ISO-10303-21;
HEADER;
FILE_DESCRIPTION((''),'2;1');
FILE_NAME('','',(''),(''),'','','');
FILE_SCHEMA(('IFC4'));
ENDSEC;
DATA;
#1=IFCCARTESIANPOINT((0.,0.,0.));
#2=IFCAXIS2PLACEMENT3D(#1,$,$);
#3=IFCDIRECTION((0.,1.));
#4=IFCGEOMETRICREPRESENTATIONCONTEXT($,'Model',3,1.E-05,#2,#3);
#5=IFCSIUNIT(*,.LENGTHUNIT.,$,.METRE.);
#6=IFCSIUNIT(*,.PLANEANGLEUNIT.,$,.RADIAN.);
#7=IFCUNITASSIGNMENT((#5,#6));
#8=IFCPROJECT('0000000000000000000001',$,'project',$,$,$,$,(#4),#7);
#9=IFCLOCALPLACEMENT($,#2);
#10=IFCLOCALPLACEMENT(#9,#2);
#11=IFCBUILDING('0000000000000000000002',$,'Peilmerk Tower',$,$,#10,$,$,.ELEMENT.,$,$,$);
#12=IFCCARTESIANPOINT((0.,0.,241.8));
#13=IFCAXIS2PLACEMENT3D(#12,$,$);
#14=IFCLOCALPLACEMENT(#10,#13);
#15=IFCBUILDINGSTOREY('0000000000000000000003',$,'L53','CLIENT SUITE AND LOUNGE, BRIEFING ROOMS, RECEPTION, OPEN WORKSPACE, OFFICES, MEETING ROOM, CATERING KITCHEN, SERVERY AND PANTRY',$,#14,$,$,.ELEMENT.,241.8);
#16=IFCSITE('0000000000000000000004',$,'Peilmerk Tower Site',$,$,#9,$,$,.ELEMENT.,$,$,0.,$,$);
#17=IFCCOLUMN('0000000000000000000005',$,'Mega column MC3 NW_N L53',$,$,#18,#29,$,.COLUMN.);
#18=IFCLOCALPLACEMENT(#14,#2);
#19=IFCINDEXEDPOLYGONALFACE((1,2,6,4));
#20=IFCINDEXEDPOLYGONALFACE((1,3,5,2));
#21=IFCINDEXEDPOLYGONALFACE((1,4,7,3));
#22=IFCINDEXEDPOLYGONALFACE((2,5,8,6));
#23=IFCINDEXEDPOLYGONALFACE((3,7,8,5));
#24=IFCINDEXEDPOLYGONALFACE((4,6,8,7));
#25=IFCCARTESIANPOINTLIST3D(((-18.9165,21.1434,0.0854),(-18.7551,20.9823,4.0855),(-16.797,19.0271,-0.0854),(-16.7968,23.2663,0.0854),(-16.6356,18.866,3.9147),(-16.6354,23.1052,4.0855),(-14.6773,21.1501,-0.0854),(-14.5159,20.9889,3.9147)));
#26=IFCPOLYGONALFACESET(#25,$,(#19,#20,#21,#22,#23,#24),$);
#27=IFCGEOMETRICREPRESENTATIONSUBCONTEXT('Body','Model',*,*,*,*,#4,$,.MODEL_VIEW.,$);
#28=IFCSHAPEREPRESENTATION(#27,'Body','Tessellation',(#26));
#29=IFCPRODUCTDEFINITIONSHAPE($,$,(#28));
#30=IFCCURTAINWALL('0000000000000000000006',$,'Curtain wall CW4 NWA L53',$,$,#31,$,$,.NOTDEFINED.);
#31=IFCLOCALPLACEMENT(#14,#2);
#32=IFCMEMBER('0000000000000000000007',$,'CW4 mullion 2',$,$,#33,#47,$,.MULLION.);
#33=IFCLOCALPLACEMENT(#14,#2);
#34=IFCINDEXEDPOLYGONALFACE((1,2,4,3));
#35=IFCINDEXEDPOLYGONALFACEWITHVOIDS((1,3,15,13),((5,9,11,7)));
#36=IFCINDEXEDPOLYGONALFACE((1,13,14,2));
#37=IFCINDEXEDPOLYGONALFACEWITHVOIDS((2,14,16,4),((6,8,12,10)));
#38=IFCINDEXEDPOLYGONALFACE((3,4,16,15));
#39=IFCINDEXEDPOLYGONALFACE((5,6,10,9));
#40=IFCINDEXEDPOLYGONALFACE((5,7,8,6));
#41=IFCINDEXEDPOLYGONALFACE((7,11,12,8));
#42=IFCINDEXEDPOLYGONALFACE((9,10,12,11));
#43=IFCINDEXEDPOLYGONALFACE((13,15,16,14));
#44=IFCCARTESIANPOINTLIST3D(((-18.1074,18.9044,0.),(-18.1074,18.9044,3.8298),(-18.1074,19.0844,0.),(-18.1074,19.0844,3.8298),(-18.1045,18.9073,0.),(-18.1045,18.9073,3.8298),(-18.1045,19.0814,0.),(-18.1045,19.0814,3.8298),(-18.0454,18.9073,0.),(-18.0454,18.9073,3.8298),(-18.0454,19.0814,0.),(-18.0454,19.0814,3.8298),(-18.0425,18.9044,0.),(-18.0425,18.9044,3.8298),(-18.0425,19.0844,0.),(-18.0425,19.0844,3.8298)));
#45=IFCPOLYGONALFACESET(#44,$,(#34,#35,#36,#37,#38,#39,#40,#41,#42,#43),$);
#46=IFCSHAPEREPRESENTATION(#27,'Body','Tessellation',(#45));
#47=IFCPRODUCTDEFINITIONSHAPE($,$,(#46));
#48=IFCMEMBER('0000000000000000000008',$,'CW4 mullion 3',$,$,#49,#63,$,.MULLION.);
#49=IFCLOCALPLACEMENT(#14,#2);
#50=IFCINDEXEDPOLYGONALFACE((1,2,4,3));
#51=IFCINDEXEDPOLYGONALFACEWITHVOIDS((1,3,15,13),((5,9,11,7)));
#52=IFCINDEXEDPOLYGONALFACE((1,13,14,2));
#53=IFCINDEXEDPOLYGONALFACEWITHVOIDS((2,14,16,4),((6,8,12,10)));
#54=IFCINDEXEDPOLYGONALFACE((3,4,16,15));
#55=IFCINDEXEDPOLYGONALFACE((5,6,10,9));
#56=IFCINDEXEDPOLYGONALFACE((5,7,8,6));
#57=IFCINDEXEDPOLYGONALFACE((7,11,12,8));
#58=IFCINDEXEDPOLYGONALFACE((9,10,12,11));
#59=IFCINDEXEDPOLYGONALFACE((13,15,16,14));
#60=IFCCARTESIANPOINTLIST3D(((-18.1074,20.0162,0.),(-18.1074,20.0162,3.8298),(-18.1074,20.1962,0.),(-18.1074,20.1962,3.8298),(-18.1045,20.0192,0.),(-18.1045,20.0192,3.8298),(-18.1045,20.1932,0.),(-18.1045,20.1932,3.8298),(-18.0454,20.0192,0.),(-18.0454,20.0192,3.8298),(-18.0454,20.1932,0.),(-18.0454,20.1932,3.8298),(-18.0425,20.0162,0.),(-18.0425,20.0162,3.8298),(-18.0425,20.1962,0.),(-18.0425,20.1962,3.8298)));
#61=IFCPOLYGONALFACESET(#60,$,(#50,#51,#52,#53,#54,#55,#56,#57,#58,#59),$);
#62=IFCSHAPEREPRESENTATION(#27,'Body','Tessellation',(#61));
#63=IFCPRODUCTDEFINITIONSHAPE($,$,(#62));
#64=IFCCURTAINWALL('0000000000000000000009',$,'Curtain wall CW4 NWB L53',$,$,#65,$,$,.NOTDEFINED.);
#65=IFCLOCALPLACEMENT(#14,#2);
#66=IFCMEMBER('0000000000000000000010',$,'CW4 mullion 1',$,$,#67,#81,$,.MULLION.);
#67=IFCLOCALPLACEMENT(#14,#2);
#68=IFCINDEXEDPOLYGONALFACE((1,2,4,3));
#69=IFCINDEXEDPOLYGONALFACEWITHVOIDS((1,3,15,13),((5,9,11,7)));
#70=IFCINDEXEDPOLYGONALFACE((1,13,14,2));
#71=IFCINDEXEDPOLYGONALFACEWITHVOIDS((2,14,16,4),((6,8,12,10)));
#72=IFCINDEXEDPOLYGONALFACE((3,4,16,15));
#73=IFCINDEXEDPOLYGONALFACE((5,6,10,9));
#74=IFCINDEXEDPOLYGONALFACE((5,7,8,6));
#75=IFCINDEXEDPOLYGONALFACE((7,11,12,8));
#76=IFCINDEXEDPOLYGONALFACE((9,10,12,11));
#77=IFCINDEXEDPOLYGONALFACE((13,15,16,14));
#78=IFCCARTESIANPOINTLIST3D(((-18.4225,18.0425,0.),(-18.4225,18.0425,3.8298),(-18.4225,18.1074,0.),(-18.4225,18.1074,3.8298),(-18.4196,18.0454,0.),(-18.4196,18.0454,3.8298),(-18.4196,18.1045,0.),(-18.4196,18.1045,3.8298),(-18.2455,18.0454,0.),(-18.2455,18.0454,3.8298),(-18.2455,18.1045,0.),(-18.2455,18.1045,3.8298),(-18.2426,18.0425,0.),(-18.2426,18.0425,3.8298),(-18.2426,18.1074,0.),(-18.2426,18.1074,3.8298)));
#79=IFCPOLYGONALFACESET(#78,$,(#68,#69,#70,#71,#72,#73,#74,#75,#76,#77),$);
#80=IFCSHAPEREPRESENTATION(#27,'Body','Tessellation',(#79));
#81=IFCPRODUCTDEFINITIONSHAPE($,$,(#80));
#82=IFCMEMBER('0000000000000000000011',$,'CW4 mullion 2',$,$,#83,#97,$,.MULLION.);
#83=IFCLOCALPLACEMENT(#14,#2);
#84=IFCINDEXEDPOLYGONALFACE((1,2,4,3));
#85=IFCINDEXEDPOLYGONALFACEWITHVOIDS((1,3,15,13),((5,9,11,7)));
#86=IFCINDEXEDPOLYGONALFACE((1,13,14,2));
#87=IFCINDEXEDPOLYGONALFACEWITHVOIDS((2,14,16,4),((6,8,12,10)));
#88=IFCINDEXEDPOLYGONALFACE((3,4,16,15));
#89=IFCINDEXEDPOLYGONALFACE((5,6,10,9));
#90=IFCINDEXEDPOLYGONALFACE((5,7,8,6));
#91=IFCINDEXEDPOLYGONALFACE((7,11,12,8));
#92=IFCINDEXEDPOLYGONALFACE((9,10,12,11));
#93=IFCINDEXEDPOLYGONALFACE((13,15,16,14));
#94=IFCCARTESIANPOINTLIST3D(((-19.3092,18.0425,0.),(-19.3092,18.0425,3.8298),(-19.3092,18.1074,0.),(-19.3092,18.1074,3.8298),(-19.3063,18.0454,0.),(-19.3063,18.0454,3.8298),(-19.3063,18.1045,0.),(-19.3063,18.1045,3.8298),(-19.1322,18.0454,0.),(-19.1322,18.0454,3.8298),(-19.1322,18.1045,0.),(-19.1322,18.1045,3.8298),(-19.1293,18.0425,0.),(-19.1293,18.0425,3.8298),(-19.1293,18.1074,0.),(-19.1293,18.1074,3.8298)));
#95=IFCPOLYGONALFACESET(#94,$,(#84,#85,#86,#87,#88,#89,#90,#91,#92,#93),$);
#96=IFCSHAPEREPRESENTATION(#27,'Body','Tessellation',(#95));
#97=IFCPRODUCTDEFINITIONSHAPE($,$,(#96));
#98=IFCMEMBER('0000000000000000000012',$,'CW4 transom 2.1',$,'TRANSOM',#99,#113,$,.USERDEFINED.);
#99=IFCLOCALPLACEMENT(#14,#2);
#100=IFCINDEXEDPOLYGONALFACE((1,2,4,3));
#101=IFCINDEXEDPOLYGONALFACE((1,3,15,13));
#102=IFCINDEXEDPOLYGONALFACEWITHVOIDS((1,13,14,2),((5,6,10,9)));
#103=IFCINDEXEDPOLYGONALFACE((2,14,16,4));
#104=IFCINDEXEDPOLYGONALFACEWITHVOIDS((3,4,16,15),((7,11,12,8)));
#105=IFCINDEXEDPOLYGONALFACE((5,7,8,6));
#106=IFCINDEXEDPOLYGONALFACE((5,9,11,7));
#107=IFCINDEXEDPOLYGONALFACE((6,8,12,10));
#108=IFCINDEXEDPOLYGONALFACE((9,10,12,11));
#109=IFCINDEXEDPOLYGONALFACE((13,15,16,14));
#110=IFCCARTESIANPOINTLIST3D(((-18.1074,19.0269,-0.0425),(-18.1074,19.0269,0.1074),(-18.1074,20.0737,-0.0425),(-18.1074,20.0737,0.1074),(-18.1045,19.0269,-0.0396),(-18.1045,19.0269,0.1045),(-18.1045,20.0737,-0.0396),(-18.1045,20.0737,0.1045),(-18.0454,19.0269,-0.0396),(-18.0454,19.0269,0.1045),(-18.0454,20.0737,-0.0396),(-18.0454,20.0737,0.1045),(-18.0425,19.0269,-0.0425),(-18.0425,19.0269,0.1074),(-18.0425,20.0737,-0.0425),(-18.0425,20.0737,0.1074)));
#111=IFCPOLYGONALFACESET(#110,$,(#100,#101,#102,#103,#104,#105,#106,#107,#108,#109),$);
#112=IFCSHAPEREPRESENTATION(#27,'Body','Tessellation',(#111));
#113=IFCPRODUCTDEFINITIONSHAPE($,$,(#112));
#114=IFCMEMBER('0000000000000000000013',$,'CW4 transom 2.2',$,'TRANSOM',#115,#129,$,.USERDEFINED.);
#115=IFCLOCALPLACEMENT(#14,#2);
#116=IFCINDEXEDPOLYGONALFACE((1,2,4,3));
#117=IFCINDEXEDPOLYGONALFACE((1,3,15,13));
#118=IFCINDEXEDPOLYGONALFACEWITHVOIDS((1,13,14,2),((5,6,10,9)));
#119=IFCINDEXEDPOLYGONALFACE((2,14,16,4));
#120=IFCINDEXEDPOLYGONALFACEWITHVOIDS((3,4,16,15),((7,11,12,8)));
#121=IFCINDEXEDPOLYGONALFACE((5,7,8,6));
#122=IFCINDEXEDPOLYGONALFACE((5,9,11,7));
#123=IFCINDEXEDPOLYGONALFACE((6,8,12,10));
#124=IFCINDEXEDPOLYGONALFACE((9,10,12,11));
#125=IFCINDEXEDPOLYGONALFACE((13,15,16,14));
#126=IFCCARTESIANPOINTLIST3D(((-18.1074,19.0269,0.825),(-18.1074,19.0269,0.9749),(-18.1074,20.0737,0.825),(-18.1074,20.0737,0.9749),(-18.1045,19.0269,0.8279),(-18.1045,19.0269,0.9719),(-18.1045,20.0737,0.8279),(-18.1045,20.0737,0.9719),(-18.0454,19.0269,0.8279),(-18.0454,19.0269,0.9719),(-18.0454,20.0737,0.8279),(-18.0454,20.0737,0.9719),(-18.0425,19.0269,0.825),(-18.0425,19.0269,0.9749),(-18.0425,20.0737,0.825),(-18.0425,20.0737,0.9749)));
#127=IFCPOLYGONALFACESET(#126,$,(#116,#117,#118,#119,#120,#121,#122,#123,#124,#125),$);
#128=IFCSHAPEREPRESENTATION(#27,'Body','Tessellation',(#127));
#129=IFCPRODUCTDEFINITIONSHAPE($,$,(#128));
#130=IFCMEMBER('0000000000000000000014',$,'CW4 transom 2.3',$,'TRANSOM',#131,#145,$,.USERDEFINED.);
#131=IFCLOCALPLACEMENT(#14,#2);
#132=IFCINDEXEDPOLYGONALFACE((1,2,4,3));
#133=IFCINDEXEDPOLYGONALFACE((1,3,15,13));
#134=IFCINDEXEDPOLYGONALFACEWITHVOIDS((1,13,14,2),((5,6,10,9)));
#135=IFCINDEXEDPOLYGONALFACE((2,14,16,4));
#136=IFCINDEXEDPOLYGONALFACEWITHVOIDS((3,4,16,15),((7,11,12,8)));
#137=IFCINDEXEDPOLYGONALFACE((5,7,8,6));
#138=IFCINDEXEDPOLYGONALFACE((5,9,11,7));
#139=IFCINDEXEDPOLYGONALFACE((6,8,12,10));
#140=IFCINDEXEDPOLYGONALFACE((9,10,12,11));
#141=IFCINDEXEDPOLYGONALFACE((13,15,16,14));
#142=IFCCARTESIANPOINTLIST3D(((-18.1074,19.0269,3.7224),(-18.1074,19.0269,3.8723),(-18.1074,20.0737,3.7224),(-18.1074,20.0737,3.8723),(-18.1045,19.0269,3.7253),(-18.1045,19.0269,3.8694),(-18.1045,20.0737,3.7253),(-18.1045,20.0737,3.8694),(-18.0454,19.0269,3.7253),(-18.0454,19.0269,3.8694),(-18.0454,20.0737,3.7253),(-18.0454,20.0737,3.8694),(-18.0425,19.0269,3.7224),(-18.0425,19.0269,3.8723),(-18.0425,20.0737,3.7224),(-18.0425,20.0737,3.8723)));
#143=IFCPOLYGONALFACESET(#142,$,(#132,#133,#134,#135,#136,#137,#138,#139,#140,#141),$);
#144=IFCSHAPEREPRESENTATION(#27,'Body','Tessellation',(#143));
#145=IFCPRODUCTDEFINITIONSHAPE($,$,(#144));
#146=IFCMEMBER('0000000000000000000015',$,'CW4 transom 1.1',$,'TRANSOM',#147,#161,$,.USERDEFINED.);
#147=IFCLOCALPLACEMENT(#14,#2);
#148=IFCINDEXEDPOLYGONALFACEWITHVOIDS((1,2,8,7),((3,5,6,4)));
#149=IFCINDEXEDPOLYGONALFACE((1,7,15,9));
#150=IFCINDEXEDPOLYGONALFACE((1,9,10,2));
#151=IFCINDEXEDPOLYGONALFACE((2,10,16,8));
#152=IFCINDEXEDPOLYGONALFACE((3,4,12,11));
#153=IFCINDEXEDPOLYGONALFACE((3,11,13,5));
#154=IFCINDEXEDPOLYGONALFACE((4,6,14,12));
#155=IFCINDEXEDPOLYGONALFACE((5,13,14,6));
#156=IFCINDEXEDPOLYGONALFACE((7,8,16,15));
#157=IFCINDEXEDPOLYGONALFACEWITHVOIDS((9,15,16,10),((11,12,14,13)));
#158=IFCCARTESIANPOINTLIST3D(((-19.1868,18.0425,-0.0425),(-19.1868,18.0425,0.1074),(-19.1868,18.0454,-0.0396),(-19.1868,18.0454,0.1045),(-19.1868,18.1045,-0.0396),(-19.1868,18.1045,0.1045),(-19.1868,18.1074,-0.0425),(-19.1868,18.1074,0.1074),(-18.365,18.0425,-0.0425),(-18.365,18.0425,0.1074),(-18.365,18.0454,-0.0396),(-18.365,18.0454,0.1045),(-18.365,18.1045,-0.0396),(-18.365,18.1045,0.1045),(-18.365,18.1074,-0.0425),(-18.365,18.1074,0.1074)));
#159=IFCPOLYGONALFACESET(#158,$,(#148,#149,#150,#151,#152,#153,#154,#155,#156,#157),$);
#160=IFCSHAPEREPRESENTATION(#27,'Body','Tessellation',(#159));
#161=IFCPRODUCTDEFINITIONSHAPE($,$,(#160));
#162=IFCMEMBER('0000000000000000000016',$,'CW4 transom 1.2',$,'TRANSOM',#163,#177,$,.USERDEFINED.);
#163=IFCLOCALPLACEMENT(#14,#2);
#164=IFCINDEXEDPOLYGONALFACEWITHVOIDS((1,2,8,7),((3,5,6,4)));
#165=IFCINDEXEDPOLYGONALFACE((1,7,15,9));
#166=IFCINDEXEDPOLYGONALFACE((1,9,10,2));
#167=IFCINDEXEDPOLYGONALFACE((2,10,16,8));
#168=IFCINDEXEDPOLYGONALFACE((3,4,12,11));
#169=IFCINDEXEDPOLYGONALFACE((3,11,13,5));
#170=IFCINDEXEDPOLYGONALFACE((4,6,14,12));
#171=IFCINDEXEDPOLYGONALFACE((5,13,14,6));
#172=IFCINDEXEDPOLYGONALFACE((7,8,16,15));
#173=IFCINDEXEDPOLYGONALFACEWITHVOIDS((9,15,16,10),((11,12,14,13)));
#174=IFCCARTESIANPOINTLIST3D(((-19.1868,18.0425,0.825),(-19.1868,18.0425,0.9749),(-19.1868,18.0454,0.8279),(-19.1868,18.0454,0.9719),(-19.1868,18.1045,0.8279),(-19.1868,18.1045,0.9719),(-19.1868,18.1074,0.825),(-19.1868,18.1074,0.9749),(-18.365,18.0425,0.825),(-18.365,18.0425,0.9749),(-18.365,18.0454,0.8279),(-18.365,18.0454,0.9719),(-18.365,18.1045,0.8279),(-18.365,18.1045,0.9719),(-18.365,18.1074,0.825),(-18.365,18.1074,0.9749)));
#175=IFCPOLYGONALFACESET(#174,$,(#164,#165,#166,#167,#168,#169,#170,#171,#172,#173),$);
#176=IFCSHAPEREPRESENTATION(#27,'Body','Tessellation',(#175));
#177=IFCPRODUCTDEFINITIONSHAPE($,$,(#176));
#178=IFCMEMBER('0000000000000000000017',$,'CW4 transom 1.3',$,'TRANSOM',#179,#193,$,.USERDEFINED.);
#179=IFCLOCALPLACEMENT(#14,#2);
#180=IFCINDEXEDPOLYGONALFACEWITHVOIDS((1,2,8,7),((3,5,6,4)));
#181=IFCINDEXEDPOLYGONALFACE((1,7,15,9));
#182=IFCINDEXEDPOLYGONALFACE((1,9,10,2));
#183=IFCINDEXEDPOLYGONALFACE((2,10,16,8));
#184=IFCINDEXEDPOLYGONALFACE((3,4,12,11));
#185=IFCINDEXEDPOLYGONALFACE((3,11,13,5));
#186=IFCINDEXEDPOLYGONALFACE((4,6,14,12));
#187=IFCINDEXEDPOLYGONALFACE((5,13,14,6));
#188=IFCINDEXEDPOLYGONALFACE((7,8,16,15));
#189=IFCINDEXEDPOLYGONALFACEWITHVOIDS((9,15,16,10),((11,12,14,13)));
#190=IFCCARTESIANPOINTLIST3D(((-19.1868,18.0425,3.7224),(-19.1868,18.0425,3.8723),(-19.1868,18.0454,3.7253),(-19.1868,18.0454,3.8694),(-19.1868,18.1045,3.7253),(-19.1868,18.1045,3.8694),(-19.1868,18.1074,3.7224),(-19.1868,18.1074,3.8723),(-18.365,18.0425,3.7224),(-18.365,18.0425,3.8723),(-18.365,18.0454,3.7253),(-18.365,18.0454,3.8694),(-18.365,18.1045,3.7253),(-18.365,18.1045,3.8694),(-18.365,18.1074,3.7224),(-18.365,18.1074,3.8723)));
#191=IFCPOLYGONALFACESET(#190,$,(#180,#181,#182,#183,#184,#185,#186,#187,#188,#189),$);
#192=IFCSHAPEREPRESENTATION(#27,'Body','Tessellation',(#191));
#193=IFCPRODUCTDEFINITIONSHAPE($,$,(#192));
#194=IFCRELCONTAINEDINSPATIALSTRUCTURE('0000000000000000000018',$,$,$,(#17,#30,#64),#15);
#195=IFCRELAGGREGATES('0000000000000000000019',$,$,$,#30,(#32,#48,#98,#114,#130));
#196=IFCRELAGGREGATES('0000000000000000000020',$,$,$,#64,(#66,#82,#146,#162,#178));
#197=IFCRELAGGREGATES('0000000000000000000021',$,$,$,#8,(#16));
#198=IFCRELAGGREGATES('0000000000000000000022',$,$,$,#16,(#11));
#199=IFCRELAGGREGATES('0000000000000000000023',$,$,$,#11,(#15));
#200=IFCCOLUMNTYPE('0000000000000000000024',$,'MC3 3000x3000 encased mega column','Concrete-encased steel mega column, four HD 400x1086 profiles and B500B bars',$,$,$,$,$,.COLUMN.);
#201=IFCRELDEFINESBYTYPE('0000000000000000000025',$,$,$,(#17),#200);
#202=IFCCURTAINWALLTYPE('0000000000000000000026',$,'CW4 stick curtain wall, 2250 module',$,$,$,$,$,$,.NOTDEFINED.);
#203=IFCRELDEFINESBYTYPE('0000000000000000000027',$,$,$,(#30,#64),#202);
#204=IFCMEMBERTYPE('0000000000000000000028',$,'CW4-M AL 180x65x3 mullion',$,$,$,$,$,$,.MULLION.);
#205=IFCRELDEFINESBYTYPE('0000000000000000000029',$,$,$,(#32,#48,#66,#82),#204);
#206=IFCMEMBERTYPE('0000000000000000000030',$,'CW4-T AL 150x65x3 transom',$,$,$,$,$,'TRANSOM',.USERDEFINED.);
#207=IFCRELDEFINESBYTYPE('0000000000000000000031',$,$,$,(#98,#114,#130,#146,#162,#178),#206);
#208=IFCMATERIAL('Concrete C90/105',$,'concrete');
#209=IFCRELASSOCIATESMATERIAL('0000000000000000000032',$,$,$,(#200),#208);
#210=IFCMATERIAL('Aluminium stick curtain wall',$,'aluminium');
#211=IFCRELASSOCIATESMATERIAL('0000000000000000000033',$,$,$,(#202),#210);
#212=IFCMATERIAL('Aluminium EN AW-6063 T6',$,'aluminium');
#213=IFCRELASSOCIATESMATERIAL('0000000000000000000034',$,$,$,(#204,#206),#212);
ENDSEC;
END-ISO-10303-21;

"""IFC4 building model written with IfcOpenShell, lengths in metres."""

from ifc_helpers import new_model, si_unit, direction, frame, origin, origin_2d, place, context, subcontext, project, spatial, rectangle, hollow_rectangle, extrude, material, material_profile, profile_set, type_object, element, aggregate, save


model = new_model("IFC4")

# Units and contexts
model_context = context("Model", 3, precision=1e-05, world=origin(), true_north=direction((0.0, 1.0)))
body_context = subcontext(model_context, "Body", "Model", "MODEL_VIEW")
ifc_project = project(units=[si_unit("LENGTHUNIT", "METRE"), si_unit("PLANEANGLEUNIT", "RADIAN")], contexts=[model_context])

# Site, building, storey
site_placement = place(None, origin())
site = spatial("IfcSite", under=ifc_project, at=site_placement, Name="Peilmerk Tower Site", CompositionType="ELEMENT", RefElevation=0.0)
building_placement = place(site_placement, origin())
building = spatial("IfcBuilding", under=site, at=building_placement, Name="Peilmerk Tower", CompositionType="ELEMENT")
storey_placement = place(building_placement, frame((0.0, 0.0, 241.8)))
storey = spatial("IfcBuildingStorey", under=building, at=storey_placement, Name="L53", Description="CLIENT SUITE AND LOUNGE, BRIEFING ROOMS, RECEPTION, OPEN WORKSPACE, OFFICES, MEETING ROOM, CATERING KITCHEN, SERVERY AND PANTRY", CompositionType="ELEMENT", Elevation=241.8)

# Column
ifc_material_1 = material(Name="Concrete C90/105", Category="concrete")
ifc_material_profile_1 = material_profile(ifc_material_1, rectangle(XDim=3.0, YDim=3.0, at=origin_2d()), Name="RC 3000x3000")
ifc_profile_set_1 = profile_set([ifc_material_profile_1], Name="Concrete C90/105")
column_type = type_object("IfcColumnType", Name="MC3 3000x3000 encased mega column", Description="Concrete-encased steel mega column, four HD 400x1086 profiles and B500B bars", PredefinedType="COLUMN", material=ifc_profile_set_1)
column_placement = place(storey_placement, frame((-16.7969, 21.1467, 0.0), z_axis=(0.040279, -0.040218, 0.998379), x_axis=(0.706571, 0.707642, 0.0)))
element("IfcColumn", 1, at=column_placement, inside=storey, type_object=column_type, Name="Mega column MC3 NW_N L53", PredefinedType="COLUMN", context=body_context, shape_type="SweptSolid", body=[
    extrude(rectangle(XDim=3.0, YDim=3.0, at=origin_2d()), origin(), (0.0, 0.0, 1.0), 4.0066),
])

# Curtain walls, members
ifc_material_2 = material(Name="Aluminium stick curtain wall", Category="aluminium")
curtain_wall_type = type_object("IfcCurtainWallType", Name="CW4 stick curtain wall, 2250 module", PredefinedType="NOTDEFINED", material=ifc_material_2)
curtain_wall_1_placement = place(storey_placement, origin())
curtain_wall_1 = element("IfcCurtainWall", 2, at=curtain_wall_1_placement, inside=storey, type_object=curtain_wall_type, Name="Curtain wall CW4 NWA L53", PredefinedType="NOTDEFINED")
ifc_material_3 = material(Name="Aluminium EN AW-6063 T6", Category="aluminium")
ifc_material_profile_2 = material_profile(ifc_material_3, hollow_rectangle(XDim=0.0649, YDim=0.1799, WallThickness=0.0029, at=origin_2d()), Name="AL 180x65x3")
ifc_profile_set_2 = profile_set([ifc_material_profile_2], Name="Aluminium EN AW-6063 T6")
member_type_1 = type_object("IfcMemberType", Name="CW4-M AL 180x65x3 mullion", PredefinedType="MULLION", material=ifc_profile_set_2)
member_1_placement = place(storey_placement, frame((-18.075, 18.9944, 0.0), z_axis=(0.0, 0.0, 1.0), x_axis=(-1.0, 0.0, 0.0)))
member_1 = element("IfcMember", 3, at=member_1_placement, type_object=member_type_1, Name="CW4 mullion 2", PredefinedType="MULLION", context=body_context, shape_type="SweptSolid", body=[
    extrude(hollow_rectangle(XDim=0.0649, YDim=0.1799, WallThickness=0.0029, at=origin_2d()), origin(), (0.0, 0.0, 1.0), 3.8298),
])
member_2_placement = place(storey_placement, frame((-18.075, 20.1062, 0.0), z_axis=(0.0, 0.0, 1.0), x_axis=(-1.0, 0.0, 0.0)))
member_2 = element("IfcMember", 4, at=member_2_placement, type_object=member_type_1, Name="CW4 mullion 3", PredefinedType="MULLION", context=body_context, shape_type="SweptSolid", body=[
    extrude(hollow_rectangle(XDim=0.0649, YDim=0.1799, WallThickness=0.0029, at=origin_2d()), origin(), (0.0, 0.0, 1.0), 3.8298),
])
curtain_wall_2_placement = place(storey_placement, origin())
curtain_wall_2 = element("IfcCurtainWall", 5, at=curtain_wall_2_placement, inside=storey, type_object=curtain_wall_type, Name="Curtain wall CW4 NWB L53", PredefinedType="NOTDEFINED")
member_3_placement = place(storey_placement, frame((-18.3325, 18.075, 0.0), z_axis=(0.0, 0.0, 1.0), x_axis=(0.0, -1.0, 0.0)))
member_3 = element("IfcMember", 6, at=member_3_placement, type_object=member_type_1, Name="CW4 mullion 1", PredefinedType="MULLION", context=body_context, shape_type="SweptSolid", body=[
    extrude(hollow_rectangle(XDim=0.0649, YDim=0.1799, WallThickness=0.0029, at=origin_2d()), origin(), (0.0, 0.0, 1.0), 3.8298),
])
member_4_placement = place(storey_placement, frame((-19.2192, 18.075, 0.0), z_axis=(0.0, 0.0, 1.0), x_axis=(0.0, -1.0, 0.0)))
member_4 = element("IfcMember", 7, at=member_4_placement, type_object=member_type_1, Name="CW4 mullion 2", PredefinedType="MULLION", context=body_context, shape_type="SweptSolid", body=[
    extrude(hollow_rectangle(XDim=0.0649, YDim=0.1799, WallThickness=0.0029, at=origin_2d()), origin(), (0.0, 0.0, 1.0), 3.8298),
])

# Members
ifc_material_profile_3 = material_profile(ifc_material_3, hollow_rectangle(XDim=0.0649, YDim=0.1499, WallThickness=0.0029, at=origin_2d()), Name="AL 150x65x3")
ifc_profile_set_3 = profile_set([ifc_material_profile_3], Name="Aluminium EN AW-6063 T6")
member_type_2 = type_object("IfcMemberType", Name="CW4-T AL 150x65x3 transom", ElementType="TRANSOM", PredefinedType="USERDEFINED", material=ifc_profile_set_3)
member_5_placement = place(storey_placement, frame((-18.075, 19.0269, 0.0325), z_axis=(0.0, 1.0, 0.0), x_axis=(-1.0, 0.0, 0.0)))
member_5 = element("IfcMember", 8, at=member_5_placement, type_object=member_type_2, Name="CW4 transom 2.1", ObjectType="TRANSOM", PredefinedType="USERDEFINED", context=body_context, shape_type="SweptSolid", body=[
    extrude(hollow_rectangle(XDim=0.0649, YDim=0.1499, WallThickness=0.0029, at=origin_2d()), origin(), (0.0, 0.0, 1.0), 1.0469),
])
member_6_placement = place(storey_placement, frame((-18.075, 19.0269, 0.8999), z_axis=(0.0, 1.0, 0.0), x_axis=(-1.0, 0.0, 0.0)))
member_6 = element("IfcMember", 9, at=member_6_placement, type_object=member_type_2, Name="CW4 transom 2.2", ObjectType="TRANSOM", PredefinedType="USERDEFINED", context=body_context, shape_type="SweptSolid", body=[
    extrude(hollow_rectangle(XDim=0.0649, YDim=0.1499, WallThickness=0.0029, at=origin_2d()), origin(), (0.0, 0.0, 1.0), 1.0469),
])
member_7_placement = place(storey_placement, frame((-18.075, 19.0269, 3.7974), z_axis=(0.0, 1.0, 0.0), x_axis=(-1.0, 0.0, 0.0)))
member_7 = element("IfcMember", 10, at=member_7_placement, type_object=member_type_2, Name="CW4 transom 2.3", ObjectType="TRANSOM", PredefinedType="USERDEFINED", context=body_context, shape_type="SweptSolid", body=[
    extrude(hollow_rectangle(XDim=0.0649, YDim=0.1499, WallThickness=0.0029, at=origin_2d()), origin(), (0.0, 0.0, 1.0), 1.0469),
])
member_8_placement = place(storey_placement, frame((-18.365, 18.075, 0.0325), z_axis=(-1.0, 0.0, 0.0), x_axis=(0.0, -1.0, 0.0)))
member_8 = element("IfcMember", 11, at=member_8_placement, type_object=member_type_2, Name="CW4 transom 1.1", ObjectType="TRANSOM", PredefinedType="USERDEFINED", context=body_context, shape_type="SweptSolid", body=[
    extrude(hollow_rectangle(XDim=0.0649, YDim=0.1499, WallThickness=0.0029, at=origin_2d()), origin(), (0.0, 0.0, 1.0), 0.8218),
])
member_9_placement = place(storey_placement, frame((-18.365, 18.075, 0.8999), z_axis=(-1.0, 0.0, 0.0), x_axis=(0.0, -1.0, 0.0)))
member_9 = element("IfcMember", 12, at=member_9_placement, type_object=member_type_2, Name="CW4 transom 1.2", ObjectType="TRANSOM", PredefinedType="USERDEFINED", context=body_context, shape_type="SweptSolid", body=[
    extrude(hollow_rectangle(XDim=0.0649, YDim=0.1499, WallThickness=0.0029, at=origin_2d()), origin(), (0.0, 0.0, 1.0), 0.8218),
])
member_10_placement = place(storey_placement, frame((-18.365, 18.075, 3.7974), z_axis=(-1.0, 0.0, 0.0), x_axis=(0.0, -1.0, 0.0)))
member_10 = element("IfcMember", 13, at=member_10_placement, type_object=member_type_2, Name="CW4 transom 1.3", ObjectType="TRANSOM", PredefinedType="USERDEFINED", context=body_context, shape_type="SweptSolid", body=[
    extrude(hollow_rectangle(XDim=0.0649, YDim=0.1499, WallThickness=0.0029, at=origin_2d()), origin(), (0.0, 0.0, 1.0), 0.8218),
])

aggregate(curtain_wall_1, [member_1, member_2, member_5, member_6, member_7])
aggregate(curtain_wall_2, [member_3, member_4, member_8, member_9, member_10])

save(model, "model.ifc")
